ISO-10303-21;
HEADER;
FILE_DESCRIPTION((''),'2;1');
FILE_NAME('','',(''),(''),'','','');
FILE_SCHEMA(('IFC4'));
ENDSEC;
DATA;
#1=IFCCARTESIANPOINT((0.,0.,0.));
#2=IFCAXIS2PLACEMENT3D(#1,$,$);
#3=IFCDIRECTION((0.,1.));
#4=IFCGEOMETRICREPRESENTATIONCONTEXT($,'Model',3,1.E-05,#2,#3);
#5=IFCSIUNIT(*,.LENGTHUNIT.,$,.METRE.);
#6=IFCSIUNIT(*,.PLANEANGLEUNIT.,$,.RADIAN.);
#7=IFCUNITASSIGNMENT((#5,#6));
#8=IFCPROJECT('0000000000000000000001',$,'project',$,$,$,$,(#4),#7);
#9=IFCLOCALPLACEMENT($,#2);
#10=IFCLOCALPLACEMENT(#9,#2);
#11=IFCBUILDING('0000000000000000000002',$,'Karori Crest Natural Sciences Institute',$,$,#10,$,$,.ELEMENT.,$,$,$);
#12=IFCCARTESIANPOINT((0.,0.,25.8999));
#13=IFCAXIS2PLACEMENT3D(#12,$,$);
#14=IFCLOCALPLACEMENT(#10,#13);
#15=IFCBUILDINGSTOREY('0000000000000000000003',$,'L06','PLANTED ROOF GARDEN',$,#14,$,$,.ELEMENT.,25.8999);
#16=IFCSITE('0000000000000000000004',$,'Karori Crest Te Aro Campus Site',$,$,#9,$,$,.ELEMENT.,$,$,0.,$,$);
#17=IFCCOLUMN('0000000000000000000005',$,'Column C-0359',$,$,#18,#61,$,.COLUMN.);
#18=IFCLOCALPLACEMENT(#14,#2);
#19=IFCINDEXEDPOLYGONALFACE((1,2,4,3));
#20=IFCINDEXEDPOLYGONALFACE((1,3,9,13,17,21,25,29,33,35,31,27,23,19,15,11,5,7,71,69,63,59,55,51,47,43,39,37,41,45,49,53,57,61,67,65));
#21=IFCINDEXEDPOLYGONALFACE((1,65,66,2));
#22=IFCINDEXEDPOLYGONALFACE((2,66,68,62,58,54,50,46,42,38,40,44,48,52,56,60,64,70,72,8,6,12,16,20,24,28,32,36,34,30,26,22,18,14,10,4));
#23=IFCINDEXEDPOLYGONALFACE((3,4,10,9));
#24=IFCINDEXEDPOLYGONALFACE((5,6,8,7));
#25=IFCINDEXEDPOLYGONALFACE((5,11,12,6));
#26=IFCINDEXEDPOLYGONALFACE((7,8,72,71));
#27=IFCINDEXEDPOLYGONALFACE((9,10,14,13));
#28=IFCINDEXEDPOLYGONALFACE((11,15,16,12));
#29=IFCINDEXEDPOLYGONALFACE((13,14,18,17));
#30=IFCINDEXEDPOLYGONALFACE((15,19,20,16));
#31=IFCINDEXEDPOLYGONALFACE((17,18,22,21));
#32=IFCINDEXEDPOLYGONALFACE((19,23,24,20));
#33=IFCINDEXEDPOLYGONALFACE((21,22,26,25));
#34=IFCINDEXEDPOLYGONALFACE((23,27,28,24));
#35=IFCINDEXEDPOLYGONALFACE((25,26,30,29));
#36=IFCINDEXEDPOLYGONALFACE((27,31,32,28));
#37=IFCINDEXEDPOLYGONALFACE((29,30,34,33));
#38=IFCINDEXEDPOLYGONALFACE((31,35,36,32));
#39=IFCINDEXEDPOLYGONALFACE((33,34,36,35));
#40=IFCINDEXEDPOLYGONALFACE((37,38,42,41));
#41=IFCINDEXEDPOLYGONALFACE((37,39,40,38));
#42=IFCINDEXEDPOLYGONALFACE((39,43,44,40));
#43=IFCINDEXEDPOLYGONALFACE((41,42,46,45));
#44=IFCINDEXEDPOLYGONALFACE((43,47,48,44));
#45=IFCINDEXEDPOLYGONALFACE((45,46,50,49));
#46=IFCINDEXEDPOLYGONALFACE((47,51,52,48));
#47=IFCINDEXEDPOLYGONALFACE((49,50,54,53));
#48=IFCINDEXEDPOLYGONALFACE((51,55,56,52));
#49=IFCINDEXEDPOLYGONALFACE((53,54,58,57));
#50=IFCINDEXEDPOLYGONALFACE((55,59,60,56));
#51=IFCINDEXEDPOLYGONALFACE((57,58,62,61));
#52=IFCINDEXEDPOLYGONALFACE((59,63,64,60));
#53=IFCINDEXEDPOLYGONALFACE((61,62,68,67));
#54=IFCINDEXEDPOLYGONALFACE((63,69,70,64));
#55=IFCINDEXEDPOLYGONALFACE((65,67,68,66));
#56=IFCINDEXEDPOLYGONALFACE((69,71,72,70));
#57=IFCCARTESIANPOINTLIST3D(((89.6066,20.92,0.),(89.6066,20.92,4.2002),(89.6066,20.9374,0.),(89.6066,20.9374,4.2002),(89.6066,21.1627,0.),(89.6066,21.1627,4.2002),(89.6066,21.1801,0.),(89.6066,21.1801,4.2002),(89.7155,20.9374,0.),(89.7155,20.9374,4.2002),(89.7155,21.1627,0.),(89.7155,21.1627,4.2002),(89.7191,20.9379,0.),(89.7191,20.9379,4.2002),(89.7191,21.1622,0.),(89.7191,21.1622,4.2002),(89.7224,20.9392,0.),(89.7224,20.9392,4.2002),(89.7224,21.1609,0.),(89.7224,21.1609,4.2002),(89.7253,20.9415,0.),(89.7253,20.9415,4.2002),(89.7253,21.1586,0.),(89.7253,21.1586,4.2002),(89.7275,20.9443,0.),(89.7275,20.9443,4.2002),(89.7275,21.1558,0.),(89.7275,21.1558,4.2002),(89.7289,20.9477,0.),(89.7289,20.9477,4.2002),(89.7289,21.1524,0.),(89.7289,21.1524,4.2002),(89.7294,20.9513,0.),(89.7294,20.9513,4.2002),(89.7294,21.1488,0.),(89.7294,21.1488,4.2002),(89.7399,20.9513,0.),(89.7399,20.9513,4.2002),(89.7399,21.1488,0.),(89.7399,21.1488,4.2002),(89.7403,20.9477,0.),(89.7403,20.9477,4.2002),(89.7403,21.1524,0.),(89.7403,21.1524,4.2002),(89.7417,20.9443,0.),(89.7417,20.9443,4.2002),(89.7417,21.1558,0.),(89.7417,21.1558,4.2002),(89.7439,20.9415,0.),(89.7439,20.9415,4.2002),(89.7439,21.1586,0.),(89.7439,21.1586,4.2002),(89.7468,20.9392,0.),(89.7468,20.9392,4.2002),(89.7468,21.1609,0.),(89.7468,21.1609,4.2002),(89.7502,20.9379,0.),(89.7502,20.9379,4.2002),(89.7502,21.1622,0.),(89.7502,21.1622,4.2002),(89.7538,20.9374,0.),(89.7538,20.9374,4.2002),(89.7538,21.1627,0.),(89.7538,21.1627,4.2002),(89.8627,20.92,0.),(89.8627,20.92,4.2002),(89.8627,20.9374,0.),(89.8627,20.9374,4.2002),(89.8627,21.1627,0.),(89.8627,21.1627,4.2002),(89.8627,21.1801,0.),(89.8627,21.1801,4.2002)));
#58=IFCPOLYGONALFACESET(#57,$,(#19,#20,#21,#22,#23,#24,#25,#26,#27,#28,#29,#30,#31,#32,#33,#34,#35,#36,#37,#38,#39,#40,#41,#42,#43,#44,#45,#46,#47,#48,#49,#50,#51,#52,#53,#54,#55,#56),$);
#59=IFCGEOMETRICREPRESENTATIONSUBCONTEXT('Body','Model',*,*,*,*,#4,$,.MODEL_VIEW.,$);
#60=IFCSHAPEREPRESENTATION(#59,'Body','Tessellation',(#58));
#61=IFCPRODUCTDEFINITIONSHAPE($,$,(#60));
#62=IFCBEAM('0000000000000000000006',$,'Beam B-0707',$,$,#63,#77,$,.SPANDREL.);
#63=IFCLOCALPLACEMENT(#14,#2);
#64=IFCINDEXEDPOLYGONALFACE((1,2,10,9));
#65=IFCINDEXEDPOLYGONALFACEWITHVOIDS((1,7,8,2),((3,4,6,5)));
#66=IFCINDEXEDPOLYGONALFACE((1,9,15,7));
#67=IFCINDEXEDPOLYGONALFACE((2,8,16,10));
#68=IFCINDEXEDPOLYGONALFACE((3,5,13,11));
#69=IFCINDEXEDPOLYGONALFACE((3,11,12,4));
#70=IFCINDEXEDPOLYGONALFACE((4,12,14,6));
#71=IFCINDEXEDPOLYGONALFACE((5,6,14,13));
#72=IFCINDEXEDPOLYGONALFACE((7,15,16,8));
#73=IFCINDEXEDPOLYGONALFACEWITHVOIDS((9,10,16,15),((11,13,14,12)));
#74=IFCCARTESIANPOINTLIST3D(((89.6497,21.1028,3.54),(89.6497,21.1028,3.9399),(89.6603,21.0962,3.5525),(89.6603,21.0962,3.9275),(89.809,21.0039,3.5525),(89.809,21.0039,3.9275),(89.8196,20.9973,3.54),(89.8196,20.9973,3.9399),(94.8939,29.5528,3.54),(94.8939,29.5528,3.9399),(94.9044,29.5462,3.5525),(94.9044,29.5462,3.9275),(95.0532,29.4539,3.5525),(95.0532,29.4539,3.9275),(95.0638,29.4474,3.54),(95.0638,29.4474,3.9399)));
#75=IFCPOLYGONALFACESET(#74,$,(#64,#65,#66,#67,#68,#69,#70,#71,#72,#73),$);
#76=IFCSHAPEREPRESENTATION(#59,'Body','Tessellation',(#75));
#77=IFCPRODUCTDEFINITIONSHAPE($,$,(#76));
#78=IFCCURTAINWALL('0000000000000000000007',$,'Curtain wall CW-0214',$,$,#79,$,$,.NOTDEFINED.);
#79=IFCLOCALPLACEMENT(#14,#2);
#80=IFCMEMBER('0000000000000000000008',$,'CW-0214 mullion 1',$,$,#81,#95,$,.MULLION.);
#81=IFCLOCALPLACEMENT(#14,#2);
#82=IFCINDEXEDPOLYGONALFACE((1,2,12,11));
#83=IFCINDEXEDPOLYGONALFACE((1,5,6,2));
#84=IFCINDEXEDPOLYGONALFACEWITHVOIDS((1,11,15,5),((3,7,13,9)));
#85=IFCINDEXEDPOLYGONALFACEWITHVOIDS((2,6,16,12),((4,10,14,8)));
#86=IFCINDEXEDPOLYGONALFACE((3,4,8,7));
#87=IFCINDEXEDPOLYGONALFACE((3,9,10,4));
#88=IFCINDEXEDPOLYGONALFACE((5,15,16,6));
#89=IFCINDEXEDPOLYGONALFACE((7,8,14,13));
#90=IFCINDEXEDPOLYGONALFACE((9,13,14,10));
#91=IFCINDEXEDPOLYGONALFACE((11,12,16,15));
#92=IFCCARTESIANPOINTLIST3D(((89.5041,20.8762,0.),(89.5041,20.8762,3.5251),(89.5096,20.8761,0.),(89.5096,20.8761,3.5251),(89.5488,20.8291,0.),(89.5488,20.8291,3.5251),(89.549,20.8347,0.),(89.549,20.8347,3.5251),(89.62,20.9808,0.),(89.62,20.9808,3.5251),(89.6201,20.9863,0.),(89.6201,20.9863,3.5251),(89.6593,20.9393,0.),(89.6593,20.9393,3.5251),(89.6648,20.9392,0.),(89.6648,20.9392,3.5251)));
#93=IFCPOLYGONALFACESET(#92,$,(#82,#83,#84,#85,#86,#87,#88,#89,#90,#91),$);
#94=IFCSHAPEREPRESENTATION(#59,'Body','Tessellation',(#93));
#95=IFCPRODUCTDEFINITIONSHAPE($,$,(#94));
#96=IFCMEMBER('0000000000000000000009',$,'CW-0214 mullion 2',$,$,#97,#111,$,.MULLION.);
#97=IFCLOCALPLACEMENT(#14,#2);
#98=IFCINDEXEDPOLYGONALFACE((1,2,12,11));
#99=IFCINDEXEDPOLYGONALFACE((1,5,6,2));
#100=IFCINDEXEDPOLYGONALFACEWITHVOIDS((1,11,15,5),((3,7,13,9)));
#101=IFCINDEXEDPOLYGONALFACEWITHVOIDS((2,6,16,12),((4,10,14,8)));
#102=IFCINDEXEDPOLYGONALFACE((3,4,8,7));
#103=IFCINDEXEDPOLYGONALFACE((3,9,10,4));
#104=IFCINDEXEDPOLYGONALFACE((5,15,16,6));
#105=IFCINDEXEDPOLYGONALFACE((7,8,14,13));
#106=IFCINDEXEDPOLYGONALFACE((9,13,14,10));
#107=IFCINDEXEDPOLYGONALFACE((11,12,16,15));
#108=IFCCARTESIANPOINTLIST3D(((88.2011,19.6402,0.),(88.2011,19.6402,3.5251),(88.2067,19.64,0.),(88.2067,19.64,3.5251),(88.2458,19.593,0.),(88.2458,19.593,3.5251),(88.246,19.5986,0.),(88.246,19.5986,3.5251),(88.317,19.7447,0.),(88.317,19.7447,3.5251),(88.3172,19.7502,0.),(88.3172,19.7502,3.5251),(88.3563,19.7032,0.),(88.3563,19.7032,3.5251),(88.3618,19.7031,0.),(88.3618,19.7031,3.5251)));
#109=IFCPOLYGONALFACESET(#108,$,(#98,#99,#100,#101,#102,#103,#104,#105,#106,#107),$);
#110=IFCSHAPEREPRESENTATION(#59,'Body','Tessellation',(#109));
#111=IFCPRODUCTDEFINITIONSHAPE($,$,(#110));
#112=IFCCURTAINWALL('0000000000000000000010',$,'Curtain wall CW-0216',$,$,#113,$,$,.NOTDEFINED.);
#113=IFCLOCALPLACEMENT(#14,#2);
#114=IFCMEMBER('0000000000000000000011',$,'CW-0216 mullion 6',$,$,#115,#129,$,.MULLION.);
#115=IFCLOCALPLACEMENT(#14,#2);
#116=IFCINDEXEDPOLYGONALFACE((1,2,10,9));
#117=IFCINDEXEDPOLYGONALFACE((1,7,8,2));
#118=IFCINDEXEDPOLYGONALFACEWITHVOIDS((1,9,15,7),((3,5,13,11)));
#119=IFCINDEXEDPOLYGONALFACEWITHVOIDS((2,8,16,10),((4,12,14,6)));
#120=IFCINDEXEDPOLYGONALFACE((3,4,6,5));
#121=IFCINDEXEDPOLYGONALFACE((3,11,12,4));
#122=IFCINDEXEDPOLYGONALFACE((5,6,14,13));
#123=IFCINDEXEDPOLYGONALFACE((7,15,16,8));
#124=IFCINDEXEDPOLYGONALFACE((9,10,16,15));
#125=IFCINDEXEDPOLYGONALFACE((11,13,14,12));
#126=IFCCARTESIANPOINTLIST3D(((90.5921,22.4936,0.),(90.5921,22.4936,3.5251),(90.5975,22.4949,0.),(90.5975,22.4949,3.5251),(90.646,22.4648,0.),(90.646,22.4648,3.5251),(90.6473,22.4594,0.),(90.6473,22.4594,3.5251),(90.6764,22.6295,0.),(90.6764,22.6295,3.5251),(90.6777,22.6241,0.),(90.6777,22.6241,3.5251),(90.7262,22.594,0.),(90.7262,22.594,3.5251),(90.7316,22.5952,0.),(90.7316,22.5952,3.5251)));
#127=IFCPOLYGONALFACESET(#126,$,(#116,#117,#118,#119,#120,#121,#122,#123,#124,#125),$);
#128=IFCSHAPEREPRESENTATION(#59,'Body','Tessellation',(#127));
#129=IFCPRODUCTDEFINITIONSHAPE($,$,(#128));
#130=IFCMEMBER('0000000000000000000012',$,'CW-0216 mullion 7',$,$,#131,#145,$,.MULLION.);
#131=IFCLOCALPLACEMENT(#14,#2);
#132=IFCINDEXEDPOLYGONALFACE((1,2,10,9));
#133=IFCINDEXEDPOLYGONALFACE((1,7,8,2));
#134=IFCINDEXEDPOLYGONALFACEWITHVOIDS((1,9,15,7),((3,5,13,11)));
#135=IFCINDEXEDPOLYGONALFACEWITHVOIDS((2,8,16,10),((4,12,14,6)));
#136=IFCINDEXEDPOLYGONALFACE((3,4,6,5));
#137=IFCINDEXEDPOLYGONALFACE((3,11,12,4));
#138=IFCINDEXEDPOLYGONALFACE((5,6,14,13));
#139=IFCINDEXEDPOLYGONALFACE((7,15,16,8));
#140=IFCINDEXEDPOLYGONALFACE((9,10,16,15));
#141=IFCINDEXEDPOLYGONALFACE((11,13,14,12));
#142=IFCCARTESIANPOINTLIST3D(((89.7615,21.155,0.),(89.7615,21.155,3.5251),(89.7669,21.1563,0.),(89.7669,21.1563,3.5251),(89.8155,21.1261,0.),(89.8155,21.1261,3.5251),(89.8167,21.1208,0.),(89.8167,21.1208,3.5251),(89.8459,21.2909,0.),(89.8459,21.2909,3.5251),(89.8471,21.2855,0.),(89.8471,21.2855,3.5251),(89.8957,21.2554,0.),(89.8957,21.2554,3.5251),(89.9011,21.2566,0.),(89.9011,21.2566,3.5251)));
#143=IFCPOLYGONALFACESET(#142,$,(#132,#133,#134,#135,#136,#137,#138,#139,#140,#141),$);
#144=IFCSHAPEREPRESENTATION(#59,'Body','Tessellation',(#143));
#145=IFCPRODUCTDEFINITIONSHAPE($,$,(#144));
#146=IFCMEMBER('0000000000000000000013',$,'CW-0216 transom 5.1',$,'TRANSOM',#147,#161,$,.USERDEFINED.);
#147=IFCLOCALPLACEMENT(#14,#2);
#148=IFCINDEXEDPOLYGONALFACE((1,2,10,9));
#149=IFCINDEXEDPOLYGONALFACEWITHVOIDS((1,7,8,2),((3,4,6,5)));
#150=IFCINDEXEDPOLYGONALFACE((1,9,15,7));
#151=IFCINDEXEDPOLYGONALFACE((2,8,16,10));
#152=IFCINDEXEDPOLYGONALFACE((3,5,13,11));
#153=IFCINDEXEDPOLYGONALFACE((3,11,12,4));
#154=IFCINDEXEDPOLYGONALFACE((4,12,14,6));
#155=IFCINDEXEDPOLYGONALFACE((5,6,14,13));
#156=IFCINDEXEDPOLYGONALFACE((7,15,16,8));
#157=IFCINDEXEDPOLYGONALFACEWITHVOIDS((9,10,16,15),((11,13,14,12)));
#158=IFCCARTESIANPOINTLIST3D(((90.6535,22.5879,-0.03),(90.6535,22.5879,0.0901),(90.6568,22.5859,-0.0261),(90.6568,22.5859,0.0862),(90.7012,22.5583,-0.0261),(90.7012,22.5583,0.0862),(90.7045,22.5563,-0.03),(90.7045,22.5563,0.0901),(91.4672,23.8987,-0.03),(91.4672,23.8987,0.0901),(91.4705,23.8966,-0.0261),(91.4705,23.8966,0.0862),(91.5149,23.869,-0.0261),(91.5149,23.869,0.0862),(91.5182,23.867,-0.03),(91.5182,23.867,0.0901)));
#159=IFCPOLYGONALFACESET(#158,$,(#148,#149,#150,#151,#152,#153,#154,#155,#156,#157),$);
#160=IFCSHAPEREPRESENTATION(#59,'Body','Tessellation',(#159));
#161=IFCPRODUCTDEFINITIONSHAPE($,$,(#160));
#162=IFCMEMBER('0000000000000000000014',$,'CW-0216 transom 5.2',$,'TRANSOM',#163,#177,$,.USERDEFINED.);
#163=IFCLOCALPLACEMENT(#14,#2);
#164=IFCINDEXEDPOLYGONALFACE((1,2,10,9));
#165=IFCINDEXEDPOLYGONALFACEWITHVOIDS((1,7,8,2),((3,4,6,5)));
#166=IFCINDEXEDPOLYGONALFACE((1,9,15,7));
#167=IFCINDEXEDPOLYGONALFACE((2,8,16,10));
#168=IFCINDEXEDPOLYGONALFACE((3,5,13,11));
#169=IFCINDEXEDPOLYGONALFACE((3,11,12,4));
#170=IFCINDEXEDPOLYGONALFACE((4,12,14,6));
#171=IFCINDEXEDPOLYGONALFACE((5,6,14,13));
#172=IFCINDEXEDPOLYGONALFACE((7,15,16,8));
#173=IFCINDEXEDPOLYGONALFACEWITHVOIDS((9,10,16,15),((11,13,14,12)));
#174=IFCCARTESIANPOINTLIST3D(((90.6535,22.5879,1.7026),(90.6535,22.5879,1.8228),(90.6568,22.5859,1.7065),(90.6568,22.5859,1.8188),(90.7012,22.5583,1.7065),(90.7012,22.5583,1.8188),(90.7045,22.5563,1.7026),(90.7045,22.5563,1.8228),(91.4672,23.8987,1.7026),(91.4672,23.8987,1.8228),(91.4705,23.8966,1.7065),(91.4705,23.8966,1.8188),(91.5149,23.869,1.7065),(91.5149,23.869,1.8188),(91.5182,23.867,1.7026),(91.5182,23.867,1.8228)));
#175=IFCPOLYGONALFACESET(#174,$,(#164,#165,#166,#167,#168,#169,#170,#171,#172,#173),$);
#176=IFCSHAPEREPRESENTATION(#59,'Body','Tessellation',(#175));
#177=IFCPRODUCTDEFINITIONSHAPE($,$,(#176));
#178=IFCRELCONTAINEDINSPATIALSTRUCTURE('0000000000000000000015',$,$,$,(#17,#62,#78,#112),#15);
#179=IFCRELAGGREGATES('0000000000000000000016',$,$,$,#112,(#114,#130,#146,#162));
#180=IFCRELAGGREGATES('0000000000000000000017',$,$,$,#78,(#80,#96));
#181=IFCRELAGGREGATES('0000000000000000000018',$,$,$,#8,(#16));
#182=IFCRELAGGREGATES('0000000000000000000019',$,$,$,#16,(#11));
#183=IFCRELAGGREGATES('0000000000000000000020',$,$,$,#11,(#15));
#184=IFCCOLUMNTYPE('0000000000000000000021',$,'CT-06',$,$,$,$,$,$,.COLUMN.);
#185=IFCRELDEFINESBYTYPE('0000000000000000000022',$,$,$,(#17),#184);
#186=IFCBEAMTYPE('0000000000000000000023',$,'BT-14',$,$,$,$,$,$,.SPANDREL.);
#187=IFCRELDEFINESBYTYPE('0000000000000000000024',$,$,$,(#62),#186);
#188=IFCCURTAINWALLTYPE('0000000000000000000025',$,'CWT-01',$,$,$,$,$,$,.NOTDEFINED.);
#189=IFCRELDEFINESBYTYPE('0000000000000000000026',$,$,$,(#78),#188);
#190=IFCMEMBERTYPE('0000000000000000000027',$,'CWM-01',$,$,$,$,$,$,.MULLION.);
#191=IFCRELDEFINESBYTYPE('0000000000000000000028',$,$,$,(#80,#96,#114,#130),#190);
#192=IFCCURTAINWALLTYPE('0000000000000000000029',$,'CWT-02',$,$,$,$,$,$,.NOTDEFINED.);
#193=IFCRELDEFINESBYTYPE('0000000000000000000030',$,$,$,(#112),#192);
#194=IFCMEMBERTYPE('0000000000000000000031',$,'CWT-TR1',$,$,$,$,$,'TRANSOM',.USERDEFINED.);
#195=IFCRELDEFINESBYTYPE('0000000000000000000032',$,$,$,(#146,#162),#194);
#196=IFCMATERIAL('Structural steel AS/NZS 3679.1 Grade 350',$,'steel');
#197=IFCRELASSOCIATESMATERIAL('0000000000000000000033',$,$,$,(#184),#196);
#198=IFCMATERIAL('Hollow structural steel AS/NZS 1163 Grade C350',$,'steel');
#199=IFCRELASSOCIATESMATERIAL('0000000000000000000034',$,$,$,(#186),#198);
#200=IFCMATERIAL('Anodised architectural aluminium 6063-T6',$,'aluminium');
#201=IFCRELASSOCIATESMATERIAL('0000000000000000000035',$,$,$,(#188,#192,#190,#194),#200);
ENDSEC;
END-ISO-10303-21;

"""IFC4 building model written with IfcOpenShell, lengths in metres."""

from ifc_helpers import new_model, si_unit, direction, frame, origin, origin_2d, place, context, subcontext, project, spatial, hollow_rectangle, i_section, extrude, material, material_profile, profile_set, type_object, element, aggregate, save


model = new_model("IFC4")

# Units and contexts
model_context = context("Model", 3, precision=1e-05, world=origin(), true_north=direction((0.0, 1.0)))
body_context = subcontext(model_context, "Body", "Model", "MODEL_VIEW")
ifc_project = project(units=[si_unit("LENGTHUNIT", "METRE"), si_unit("PLANEANGLEUNIT", "RADIAN")], contexts=[model_context])

# Site, building, storey
site_placement = place(None, origin())
site = spatial("IfcSite", under=ifc_project, at=site_placement, Name="Karori Crest Te Aro Campus Site", CompositionType="ELEMENT", RefElevation=0.0)
building_placement = place(site_placement, origin())
building = spatial("IfcBuilding", under=site, at=building_placement, Name="Karori Crest Natural Sciences Institute", CompositionType="ELEMENT")
storey_placement = place(building_placement, frame((0.0, 0.0, 25.8999)))
storey = spatial("IfcBuildingStorey", under=building, at=storey_placement, Name="L06", Description="PLANTED ROOF GARDEN", CompositionType="ELEMENT", Elevation=25.8999)

# Column
ifc_material_1 = material(Name="Structural steel AS/NZS 3679.1 Grade 350", Category="steel")
ifc_material_profile_1 = material_profile(ifc_material_1, i_section(OverallWidth=0.2561, OverallDepth=0.26, WebThickness=0.0105, FlangeThickness=0.0173, FilletRadius=0.0139, at=origin_2d()), Name="250UC89.5")
ifc_profile_set_1 = profile_set([ifc_material_profile_1], Name="Structural steel AS/NZS 3679.1 Grade 350")
column_type = type_object("IfcColumnType", Name="CT-06", PredefinedType="COLUMN", material=ifc_profile_set_1)
column_placement = place(storey_placement, frame((89.7346, 21.05, 0.0), z_axis=(0.0, 0.0, 1.0), x_axis=(1.0, 0.0, 0.0)))
element("IfcColumn", 1, at=column_placement, inside=storey, type_object=column_type, Name="Column C-0359", PredefinedType="COLUMN", context=body_context, shape_type="SweptSolid", body=[
    extrude(i_section(OverallWidth=0.2561, OverallDepth=0.26, WebThickness=0.0105, FlangeThickness=0.0173, FilletRadius=0.0139, at=origin_2d()), origin(), (0.0, 0.0, 1.0), 4.2002),
])

# Beam
ifc_material_2 = material(Name="Hollow structural steel AS/NZS 1163 Grade C350", Category="steel")
ifc_material_profile_2 = material_profile(ifc_material_2, hollow_rectangle(XDim=0.2, YDim=0.3999, WallThickness=0.0125, at=origin_2d()), Name="RHS400x200x12.5")
ifc_profile_set_2 = profile_set([ifc_material_profile_2], Name="Hollow structural steel AS/NZS 1163 Grade C350")
beam_type = type_object("IfcBeamType", Name="BT-14", PredefinedType="SPANDREL", material=ifc_profile_set_2)
beam_placement = place(storey_placement, frame((89.7346, 21.05, 3.74), z_axis=(0.527315, 0.84967, 0.0), x_axis=(-0.84967, 0.527315, 0.0)))
element("IfcBeam", 2, at=beam_placement, inside=storey, type_object=beam_type, Name="Beam B-0707", PredefinedType="SPANDREL", context=body_context, shape_type="SweptSolid", body=[
    extrude(hollow_rectangle(XDim=0.2, YDim=0.3999, WallThickness=0.0125, at=origin_2d()), origin(), (0.0, 0.0, 1.0), 9.9451),
])

# Curtain walls, members
ifc_material_3 = material(Name="Anodised architectural aluminium 6063-T6", Category="aluminium")
curtain_wall_type_1 = type_object("IfcCurtainWallType", Name="CWT-01", PredefinedType="NOTDEFINED", material=ifc_material_3)
curtain_wall_1_placement = place(storey_placement, origin())
curtain_wall_1 = element("IfcCurtainWall", 3, at=curtain_wall_1_placement, inside=storey, type_object=curtain_wall_type_1, Name="Curtain wall CW-0214", PredefinedType="NOTDEFINED")
ifc_material_profile_3 = material_profile(ifc_material_3, hollow_rectangle(XDim=0.0649, YDim=0.1599, WallThickness=0.0039, at=origin_2d()), Name="CWM160x65x4")
ifc_profile_set_3 = profile_set([ifc_material_profile_3], Name="Anodised architectural aluminium 6063-T6")
member_type_1 = type_object("IfcMemberType", Name="CWM-01", PredefinedType="MULLION", material=ifc_profile_set_3)
member_1_placement = place(storey_placement, frame((89.5845, 20.9077, 0.0), z_axis=(0.0, 0.0, 1.0), x_axis=(0.688251, -0.725473, 0.0)))
member_1 = element("IfcMember", 4, at=member_1_placement, type_object=member_type_1, Name="CW-0214 mullion 1", PredefinedType="MULLION", context=body_context, shape_type="SweptSolid", body=[
    extrude(hollow_rectangle(XDim=0.0649, YDim=0.1599, WallThickness=0.0039, at=origin_2d()), origin(), (0.0, 0.0, 1.0), 3.5251),
])
member_2_placement = place(storey_placement, frame((88.2815, 19.6716, 0.0), z_axis=(0.0, 0.0, 1.0), x_axis=(0.688251, -0.725473, 0.0)))
member_2 = element("IfcMember", 5, at=member_2_placement, type_object=member_type_1, Name="CW-0214 mullion 2", PredefinedType="MULLION", context=body_context, shape_type="SweptSolid", body=[
    extrude(hollow_rectangle(XDim=0.0649, YDim=0.1599, WallThickness=0.0039, at=origin_2d()), origin(), (0.0, 0.0, 1.0), 3.5251),
])
curtain_wall_type_2 = type_object("IfcCurtainWallType", Name="CWT-02", PredefinedType="NOTDEFINED", material=ifc_material_3)
curtain_wall_2_placement = place(storey_placement, origin())
curtain_wall_2 = element("IfcCurtainWall", 6, at=curtain_wall_2_placement, inside=storey, type_object=curtain_wall_type_2, Name="Curtain wall CW-0216", PredefinedType="NOTDEFINED")
member_3_placement = place(storey_placement, frame((90.6619, 22.5444, 0.0), z_axis=(0.0, 0.0, 1.0), x_axis=(0.849664, -0.527324, 0.0)))
member_3 = element("IfcMember", 7, at=member_3_placement, type_object=member_type_1, Name="CW-0216 mullion 6", PredefinedType="MULLION", context=body_context, shape_type="SweptSolid", body=[
    extrude(hollow_rectangle(XDim=0.0649, YDim=0.1599, WallThickness=0.0039, at=origin_2d()), origin(), (0.0, 0.0, 1.0), 3.5251),
])
member_4_placement = place(storey_placement, frame((89.8313, 21.2058, 0.0), z_axis=(0.0, 0.0, 1.0), x_axis=(0.849664, -0.527324, 0.0)))
member_4 = element("IfcMember", 8, at=member_4_placement, type_object=member_type_1, Name="CW-0216 mullion 7", PredefinedType="MULLION", context=body_context, shape_type="SweptSolid", body=[
    extrude(hollow_rectangle(XDim=0.0649, YDim=0.1599, WallThickness=0.0039, at=origin_2d()), origin(), (0.0, 0.0, 1.0), 3.5251),
])
ifc_material_profile_4 = material_profile(ifc_material_3, hollow_rectangle(XDim=0.0601, YDim=0.1201, WallThickness=0.0039, at=origin_2d()), Name="CWT120x60x4")
ifc_profile_set_4 = profile_set([ifc_material_profile_4], Name="Anodised architectural aluminium 6063-T6")
member_type_2 = type_object("IfcMemberType", Name="CWT-TR1", ElementType="TRANSOM", PredefinedType="USERDEFINED", material=ifc_profile_set_4)
member_5_placement = place(storey_placement, frame((91.4927, 23.8828, 0.03), z_axis=(-0.527422, -0.849603, 0.0), x_axis=(0.849603, -0.527422, 0.0)))
member_5 = element("IfcMember", 9, at=member_5_placement, type_object=member_type_2, Name="CW-0216 transom 5.1", ObjectType="TRANSOM", PredefinedType="USERDEFINED", context=body_context, shape_type="SweptSolid", body=[
    extrude(hollow_rectangle(XDim=0.0601, YDim=0.1201, WallThickness=0.0039, at=origin_2d()), origin(), (0.0, 0.0, 1.0), 1.5427),
])
member_6_placement = place(storey_placement, frame((91.4927, 23.8828, 1.7627), z_axis=(-0.527422, -0.849603, 0.0), x_axis=(0.849603, -0.527422, 0.0)))
member_6 = element("IfcMember", 10, at=member_6_placement, type_object=member_type_2, Name="CW-0216 transom 5.2", ObjectType="TRANSOM", PredefinedType="USERDEFINED", context=body_context, shape_type="SweptSolid", body=[
    extrude(hollow_rectangle(XDim=0.0601, YDim=0.1201, WallThickness=0.0039, at=origin_2d()), origin(), (0.0, 0.0, 1.0), 1.5427),
])

aggregate(curtain_wall_2, [member_3, member_4, member_5, member_6])
aggregate(curtain_wall_1, [member_1, member_2])

save(model, "model.ifc")
